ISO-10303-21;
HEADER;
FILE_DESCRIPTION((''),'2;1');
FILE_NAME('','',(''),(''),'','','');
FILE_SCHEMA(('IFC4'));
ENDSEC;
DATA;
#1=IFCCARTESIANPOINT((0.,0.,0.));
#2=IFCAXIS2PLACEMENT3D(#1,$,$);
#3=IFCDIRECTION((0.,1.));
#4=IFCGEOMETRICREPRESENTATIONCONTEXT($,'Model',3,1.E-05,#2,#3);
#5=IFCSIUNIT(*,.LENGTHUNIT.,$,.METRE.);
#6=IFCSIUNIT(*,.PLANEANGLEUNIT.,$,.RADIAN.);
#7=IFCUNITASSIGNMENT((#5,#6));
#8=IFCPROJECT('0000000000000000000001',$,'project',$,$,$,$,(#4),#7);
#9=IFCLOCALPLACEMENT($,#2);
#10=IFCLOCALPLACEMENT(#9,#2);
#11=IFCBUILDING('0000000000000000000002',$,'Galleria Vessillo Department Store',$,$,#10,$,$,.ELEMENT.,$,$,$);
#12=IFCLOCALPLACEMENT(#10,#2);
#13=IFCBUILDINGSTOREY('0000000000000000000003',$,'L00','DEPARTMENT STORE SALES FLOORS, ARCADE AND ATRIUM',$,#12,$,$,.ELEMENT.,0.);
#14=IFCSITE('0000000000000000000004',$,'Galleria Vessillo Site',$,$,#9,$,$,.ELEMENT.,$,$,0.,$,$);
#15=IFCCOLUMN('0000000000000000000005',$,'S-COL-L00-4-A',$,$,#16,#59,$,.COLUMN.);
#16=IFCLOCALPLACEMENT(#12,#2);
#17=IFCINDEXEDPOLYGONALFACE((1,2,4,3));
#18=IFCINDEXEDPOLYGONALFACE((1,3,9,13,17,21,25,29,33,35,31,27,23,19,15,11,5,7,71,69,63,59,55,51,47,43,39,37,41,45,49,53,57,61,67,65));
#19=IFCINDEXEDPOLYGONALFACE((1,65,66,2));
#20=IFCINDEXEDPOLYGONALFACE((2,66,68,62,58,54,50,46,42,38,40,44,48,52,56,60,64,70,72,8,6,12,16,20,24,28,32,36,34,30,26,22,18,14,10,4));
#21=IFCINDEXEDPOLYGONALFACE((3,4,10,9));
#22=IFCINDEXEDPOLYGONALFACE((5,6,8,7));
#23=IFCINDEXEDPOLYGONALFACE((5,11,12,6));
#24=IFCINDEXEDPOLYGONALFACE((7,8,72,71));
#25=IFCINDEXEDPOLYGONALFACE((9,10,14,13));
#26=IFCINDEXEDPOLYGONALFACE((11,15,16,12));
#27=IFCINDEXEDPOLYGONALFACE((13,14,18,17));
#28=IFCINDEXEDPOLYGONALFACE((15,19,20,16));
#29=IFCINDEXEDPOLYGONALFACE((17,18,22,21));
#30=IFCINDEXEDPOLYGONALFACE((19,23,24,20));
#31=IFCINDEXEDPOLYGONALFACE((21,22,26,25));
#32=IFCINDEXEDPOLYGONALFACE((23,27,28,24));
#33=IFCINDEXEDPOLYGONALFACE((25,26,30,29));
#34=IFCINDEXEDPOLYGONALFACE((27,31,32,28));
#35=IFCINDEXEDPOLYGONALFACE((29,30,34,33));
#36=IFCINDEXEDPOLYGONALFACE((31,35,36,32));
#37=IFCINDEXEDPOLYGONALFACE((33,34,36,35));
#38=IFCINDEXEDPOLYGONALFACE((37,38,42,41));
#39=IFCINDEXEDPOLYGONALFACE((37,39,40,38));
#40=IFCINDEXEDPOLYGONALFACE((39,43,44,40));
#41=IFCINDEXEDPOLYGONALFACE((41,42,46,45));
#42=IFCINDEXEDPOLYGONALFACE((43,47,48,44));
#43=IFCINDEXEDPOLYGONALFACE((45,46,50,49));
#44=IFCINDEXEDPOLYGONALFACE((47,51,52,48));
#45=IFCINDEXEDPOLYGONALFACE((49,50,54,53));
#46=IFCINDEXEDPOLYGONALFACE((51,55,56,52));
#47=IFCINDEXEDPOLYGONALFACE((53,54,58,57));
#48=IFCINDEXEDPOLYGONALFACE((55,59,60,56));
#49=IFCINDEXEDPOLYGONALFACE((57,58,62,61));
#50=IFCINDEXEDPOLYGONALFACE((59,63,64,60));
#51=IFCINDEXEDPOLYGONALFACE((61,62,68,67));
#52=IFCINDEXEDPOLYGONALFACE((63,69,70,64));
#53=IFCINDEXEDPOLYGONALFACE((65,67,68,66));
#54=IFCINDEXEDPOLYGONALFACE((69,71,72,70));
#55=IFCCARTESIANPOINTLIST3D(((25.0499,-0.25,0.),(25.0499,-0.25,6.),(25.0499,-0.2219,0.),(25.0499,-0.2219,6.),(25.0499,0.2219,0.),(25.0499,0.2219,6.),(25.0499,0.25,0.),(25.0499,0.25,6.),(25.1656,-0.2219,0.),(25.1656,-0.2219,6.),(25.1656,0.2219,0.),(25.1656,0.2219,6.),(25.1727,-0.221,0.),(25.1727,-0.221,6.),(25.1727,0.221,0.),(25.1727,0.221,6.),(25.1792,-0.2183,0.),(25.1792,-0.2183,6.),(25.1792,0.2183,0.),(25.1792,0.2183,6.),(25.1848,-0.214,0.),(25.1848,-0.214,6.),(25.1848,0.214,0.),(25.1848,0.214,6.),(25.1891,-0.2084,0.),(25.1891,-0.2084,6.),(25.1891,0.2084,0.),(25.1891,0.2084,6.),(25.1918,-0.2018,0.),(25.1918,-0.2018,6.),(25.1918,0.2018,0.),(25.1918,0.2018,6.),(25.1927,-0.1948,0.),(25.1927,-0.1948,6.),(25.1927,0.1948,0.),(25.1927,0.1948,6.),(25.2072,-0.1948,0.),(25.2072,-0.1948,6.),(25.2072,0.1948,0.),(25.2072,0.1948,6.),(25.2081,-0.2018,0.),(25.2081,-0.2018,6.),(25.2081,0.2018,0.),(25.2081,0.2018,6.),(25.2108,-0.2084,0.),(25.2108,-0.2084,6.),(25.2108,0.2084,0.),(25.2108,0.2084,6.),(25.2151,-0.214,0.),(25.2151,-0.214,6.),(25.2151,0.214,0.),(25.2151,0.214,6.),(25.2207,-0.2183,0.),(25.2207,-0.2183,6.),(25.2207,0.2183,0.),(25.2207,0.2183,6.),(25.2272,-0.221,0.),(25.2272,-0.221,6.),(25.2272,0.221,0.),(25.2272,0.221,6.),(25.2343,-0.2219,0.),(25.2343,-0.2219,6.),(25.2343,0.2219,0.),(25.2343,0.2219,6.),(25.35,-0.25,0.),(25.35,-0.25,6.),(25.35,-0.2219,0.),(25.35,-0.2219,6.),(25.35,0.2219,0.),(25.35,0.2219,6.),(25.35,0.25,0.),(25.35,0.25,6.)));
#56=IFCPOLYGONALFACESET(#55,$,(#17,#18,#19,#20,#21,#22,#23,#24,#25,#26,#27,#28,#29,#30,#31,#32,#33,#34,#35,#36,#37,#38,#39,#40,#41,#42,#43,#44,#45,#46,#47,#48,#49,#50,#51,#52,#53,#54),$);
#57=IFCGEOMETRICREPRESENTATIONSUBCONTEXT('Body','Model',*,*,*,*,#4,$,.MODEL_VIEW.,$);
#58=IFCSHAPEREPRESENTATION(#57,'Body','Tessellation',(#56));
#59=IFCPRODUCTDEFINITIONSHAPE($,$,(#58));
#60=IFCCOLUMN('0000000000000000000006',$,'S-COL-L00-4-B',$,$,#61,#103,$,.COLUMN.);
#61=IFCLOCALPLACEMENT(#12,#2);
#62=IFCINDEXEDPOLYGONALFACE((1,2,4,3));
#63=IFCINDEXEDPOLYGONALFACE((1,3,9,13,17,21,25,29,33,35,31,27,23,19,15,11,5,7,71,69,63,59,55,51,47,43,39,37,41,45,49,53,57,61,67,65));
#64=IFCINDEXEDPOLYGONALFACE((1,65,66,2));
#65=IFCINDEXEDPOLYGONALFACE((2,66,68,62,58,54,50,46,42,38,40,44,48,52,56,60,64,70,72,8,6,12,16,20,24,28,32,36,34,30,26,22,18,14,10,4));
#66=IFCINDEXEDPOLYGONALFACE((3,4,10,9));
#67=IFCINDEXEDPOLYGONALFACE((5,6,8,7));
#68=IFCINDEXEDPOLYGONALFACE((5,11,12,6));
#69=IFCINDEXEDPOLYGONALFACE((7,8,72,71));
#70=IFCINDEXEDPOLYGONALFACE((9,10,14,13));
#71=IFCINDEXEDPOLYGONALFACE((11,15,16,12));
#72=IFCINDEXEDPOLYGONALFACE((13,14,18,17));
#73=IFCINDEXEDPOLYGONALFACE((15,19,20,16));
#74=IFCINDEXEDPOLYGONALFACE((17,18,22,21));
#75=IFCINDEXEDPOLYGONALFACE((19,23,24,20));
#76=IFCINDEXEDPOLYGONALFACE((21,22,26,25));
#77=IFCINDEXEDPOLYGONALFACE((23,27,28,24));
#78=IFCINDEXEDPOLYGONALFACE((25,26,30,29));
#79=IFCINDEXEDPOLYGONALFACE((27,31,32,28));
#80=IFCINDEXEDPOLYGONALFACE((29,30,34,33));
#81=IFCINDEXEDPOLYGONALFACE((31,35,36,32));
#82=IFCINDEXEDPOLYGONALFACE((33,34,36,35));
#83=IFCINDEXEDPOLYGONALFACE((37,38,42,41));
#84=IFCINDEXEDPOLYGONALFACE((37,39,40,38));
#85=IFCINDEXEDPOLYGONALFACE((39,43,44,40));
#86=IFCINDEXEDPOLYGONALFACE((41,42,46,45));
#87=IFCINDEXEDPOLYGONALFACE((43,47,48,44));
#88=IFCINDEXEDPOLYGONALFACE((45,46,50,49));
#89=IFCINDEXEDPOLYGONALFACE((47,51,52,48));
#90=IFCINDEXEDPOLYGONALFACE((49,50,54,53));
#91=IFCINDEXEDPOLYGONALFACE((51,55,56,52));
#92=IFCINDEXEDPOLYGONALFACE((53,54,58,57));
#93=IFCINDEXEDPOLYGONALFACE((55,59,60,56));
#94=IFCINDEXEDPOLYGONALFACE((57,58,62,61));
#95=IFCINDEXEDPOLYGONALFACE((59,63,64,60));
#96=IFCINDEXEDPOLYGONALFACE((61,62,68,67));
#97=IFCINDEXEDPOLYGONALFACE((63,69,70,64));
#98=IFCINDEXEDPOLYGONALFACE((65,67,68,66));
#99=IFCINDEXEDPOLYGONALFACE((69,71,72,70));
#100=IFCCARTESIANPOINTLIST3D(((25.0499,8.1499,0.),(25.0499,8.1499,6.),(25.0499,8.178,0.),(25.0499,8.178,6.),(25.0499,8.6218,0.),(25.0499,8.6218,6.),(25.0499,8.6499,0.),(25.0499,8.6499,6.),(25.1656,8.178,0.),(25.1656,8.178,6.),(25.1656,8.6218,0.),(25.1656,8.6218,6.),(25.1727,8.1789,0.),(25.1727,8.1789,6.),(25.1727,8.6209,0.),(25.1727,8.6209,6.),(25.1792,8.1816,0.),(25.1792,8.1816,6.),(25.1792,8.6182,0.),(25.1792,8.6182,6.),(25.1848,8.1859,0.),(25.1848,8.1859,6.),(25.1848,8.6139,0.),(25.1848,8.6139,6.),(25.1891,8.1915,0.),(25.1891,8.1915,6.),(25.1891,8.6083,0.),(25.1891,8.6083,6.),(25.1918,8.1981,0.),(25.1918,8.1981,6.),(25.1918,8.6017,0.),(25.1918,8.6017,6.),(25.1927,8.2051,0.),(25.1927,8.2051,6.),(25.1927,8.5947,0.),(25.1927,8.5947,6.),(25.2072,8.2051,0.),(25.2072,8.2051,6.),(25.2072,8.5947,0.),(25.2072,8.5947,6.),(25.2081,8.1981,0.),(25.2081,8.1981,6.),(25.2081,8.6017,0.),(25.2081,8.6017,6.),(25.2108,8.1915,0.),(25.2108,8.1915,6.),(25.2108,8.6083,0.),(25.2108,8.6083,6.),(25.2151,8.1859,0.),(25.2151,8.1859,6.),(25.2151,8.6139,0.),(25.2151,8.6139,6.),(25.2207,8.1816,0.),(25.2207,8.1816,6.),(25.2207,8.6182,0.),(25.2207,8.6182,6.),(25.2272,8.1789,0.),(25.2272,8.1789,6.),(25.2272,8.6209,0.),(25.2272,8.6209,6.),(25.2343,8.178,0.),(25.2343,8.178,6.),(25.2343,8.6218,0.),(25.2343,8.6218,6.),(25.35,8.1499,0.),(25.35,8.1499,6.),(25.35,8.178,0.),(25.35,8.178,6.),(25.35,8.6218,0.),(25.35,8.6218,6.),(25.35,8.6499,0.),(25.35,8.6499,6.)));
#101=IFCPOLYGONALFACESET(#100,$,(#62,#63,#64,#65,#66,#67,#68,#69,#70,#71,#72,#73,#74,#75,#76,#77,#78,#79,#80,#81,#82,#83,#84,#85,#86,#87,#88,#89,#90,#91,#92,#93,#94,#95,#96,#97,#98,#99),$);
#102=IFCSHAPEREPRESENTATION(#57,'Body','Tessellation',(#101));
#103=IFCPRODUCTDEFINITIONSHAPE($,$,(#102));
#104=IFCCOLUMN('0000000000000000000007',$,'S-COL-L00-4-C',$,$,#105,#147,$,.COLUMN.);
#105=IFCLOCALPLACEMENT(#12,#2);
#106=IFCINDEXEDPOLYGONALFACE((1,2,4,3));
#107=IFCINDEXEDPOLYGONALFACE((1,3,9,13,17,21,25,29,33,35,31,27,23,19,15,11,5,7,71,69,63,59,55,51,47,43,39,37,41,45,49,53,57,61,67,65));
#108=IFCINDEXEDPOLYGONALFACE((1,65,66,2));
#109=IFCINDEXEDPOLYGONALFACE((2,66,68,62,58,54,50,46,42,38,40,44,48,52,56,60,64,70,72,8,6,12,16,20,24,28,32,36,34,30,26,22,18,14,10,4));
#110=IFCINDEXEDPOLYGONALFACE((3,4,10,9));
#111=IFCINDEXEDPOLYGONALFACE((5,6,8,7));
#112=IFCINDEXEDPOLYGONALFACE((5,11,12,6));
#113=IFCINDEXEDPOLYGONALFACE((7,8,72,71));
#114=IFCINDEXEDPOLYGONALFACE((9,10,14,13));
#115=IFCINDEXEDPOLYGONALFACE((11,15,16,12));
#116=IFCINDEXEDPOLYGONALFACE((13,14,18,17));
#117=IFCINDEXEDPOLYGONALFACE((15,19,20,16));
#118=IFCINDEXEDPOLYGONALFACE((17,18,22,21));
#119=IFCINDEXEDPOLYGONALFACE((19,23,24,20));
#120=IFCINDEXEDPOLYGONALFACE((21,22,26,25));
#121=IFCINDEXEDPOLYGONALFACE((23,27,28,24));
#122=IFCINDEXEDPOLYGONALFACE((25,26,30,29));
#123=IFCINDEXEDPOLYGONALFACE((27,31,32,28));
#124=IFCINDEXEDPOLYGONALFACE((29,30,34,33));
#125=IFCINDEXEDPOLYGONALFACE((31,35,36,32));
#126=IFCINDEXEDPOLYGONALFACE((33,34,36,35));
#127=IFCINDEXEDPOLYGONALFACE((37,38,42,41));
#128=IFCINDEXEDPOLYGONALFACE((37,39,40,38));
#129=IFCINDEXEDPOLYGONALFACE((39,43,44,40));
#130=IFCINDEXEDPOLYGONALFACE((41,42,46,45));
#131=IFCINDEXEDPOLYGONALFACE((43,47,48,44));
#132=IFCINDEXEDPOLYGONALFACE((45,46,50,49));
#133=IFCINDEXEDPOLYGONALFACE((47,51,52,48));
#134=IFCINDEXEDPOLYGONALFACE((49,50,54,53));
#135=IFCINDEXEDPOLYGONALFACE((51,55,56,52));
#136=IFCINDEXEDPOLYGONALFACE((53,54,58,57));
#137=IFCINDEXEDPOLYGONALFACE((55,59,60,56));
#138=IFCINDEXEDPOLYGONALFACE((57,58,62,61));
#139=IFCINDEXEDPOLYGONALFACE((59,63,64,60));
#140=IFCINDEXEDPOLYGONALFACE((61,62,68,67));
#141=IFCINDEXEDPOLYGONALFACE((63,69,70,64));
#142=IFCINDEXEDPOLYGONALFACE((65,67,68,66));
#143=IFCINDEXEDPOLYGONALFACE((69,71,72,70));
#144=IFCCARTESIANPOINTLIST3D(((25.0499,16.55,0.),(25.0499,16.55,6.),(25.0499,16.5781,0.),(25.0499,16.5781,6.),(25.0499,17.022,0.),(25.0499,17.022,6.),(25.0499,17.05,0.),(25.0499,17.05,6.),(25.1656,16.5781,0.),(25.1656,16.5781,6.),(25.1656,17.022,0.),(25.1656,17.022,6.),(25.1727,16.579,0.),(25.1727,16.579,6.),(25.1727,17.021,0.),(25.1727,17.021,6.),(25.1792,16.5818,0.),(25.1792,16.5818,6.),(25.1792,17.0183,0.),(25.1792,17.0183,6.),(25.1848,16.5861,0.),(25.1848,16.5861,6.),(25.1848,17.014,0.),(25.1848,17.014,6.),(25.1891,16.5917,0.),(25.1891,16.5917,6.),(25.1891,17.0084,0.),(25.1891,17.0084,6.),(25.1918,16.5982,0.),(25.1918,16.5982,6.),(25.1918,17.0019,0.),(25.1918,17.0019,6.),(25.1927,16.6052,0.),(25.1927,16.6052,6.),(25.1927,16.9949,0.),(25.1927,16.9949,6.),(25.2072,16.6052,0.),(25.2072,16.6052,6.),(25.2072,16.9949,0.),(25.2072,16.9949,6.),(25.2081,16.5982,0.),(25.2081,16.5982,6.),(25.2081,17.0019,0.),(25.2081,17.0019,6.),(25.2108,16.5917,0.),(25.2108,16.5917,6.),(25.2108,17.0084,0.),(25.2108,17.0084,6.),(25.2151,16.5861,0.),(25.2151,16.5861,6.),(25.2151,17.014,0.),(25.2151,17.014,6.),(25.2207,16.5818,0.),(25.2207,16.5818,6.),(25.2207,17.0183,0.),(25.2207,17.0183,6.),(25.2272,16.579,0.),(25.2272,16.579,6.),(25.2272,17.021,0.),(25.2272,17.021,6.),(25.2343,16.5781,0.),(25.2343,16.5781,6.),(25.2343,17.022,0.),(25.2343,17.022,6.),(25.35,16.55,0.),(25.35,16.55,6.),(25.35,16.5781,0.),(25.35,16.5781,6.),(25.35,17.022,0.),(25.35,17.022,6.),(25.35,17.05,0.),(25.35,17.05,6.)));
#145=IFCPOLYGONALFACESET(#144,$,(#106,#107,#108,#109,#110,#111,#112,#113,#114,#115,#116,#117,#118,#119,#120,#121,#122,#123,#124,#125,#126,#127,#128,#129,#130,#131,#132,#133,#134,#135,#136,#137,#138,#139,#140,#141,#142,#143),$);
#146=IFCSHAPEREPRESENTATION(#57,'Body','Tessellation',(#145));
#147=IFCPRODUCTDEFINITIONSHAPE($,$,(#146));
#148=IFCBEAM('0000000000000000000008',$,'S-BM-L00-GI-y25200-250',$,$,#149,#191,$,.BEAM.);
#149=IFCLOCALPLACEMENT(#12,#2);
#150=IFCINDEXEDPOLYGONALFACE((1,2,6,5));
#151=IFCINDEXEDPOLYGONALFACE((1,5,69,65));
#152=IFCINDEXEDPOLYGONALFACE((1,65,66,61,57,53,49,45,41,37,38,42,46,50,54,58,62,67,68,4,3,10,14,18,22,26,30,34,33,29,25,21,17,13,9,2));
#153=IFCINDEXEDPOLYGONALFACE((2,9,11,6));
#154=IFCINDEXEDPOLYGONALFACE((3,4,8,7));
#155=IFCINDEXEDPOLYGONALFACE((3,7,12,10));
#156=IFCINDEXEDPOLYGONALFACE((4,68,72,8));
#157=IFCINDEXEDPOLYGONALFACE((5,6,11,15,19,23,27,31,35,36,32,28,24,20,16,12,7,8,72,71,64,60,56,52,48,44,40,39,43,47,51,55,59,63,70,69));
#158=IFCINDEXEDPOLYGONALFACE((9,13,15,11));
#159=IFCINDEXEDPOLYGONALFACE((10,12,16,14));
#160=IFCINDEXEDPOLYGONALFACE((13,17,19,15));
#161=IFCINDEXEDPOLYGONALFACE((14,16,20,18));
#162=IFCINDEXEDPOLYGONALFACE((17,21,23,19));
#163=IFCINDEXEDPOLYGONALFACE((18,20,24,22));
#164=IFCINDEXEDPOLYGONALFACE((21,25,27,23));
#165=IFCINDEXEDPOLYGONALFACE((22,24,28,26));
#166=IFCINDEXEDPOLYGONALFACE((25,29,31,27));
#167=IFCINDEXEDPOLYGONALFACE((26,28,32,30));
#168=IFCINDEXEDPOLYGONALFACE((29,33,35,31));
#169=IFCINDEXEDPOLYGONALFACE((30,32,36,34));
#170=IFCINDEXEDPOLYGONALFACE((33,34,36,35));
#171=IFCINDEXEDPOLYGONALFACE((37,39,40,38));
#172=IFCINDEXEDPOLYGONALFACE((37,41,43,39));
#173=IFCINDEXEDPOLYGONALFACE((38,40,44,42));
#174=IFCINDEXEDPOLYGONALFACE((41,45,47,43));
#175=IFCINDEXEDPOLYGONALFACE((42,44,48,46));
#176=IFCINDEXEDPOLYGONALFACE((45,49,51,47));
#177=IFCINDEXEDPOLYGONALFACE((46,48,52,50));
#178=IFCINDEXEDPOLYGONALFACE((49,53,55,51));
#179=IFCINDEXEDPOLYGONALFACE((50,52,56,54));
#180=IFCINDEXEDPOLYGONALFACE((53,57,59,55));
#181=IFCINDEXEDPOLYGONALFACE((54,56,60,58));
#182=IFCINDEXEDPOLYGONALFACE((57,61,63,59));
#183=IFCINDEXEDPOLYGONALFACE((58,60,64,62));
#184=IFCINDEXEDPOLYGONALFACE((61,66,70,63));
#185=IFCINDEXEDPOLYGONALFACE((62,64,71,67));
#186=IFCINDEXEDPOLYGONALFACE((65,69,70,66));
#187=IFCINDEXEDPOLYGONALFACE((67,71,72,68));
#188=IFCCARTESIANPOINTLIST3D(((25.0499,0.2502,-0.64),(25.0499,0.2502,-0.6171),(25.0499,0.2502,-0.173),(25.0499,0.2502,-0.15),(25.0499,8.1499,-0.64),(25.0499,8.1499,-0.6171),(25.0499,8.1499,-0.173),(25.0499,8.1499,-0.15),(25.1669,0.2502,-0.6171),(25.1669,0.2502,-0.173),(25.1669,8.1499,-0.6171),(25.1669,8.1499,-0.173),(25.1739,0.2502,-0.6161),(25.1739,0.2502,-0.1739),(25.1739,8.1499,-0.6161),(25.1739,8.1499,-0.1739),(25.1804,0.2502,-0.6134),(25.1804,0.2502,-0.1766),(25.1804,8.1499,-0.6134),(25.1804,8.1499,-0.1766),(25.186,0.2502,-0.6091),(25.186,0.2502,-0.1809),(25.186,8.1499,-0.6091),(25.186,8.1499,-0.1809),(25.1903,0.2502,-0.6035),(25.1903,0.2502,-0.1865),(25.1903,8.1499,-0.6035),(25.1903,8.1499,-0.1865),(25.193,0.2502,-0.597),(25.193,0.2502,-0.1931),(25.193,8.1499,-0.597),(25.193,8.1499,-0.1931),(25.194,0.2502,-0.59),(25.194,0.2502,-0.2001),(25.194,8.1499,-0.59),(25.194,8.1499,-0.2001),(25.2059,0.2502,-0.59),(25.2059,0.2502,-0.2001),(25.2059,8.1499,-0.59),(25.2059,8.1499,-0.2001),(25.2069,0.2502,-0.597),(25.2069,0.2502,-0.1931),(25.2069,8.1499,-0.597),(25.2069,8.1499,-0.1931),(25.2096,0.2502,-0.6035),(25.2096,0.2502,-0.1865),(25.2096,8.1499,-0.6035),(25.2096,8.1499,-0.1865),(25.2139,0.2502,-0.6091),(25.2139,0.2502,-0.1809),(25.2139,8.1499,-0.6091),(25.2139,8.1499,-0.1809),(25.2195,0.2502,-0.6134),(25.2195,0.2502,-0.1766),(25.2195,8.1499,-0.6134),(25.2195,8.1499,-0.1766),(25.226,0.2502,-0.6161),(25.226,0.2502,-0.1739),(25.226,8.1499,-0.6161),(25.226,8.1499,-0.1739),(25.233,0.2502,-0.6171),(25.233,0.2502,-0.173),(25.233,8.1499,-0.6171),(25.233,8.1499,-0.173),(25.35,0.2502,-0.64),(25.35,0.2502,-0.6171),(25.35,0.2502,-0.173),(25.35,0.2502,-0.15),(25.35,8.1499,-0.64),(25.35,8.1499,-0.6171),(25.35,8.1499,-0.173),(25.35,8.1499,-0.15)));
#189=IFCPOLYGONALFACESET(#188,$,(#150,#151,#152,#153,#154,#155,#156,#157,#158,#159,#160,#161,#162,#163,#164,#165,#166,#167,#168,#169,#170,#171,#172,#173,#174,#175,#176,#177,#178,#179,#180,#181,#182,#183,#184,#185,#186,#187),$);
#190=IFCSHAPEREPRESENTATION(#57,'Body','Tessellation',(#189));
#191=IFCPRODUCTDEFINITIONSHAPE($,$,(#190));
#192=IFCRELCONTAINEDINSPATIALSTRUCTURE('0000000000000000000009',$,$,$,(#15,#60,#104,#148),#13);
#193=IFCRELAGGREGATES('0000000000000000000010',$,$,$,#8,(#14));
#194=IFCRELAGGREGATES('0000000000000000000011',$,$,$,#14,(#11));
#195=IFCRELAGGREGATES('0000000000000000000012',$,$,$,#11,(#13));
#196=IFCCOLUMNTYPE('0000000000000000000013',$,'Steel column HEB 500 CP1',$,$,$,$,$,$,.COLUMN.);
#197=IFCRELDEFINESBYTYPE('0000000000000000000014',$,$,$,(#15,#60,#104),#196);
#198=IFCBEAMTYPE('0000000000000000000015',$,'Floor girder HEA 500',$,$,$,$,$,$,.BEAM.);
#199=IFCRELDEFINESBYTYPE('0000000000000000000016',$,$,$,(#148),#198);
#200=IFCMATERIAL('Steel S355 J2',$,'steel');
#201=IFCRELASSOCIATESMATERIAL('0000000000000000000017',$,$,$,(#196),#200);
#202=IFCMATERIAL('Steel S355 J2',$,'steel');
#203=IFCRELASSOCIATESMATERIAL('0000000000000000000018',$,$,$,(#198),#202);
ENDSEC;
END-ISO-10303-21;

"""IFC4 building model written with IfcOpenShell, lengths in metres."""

from ifc_helpers import new_model, si_unit, direction, frame, origin, origin_2d, place, context, subcontext, project, spatial, i_section, extrude, material, material_profile, profile_set, type_object, element, save


model = new_model("IFC4")

# Units and contexts
model_context = context("Model", 3, precision=1e-05, world=origin(), true_north=direction((0.0, 1.0)))
body_context = subcontext(model_context, "Body", "Model", "MODEL_VIEW")
ifc_project = project(units=[si_unit("LENGTHUNIT", "METRE"), si_unit("PLANEANGLEUNIT", "RADIAN")], contexts=[model_context])

# Site, building, storey
site_placement = place(None, origin())
site = spatial("IfcSite", under=ifc_project, at=site_placement, Name="Galleria Vessillo Site", CompositionType="ELEMENT", RefElevation=0.0)
building_placement = place(site_placement, origin())
building = spatial("IfcBuilding", under=site, at=building_placement, Name="Galleria Vessillo Department Store", CompositionType="ELEMENT")
storey_placement = place(building_placement, origin())
storey = spatial("IfcBuildingStorey", under=building, at=storey_placement, Name="L00", Description="DEPARTMENT STORE SALES FLOORS, ARCADE AND ATRIUM", CompositionType="ELEMENT", Elevation=0.0)

# Columns
ifc_material_1 = material(Name="Steel S355 J2", Category="steel")
ifc_material_profile_1 = material_profile(ifc_material_1, i_section(OverallWidth=0.3, OverallDepth=0.5, WebThickness=0.0144, FlangeThickness=0.0281, FilletRadius=0.0271, at=origin_2d()), Name="HEB 500")
ifc_profile_set_1 = profile_set([ifc_material_profile_1], Name="Steel S355 J2")
column_type = type_object("IfcColumnType", Name="Steel column HEB 500 CP1", PredefinedType="COLUMN", material=ifc_profile_set_1)
for number, where, z_axis, x_axis, name in (
    (1, (25.2, 0.0, 0.0), (0.0, 0.0, 1.0), (1.0, 0.0, 0.0), "S-COL-L00-4-A"),
    (2, (25.2, 8.3999, 0.0), (0.0, 0.0, 1.0), (1.0, 0.0, 0.0), "S-COL-L00-4-B"),
    (3, (25.2, 16.8, 0.0), (0.0, 0.0, 1.0), (1.0, 0.0, 0.0), "S-COL-L00-4-C"),
):
    element("IfcColumn", number, at=place(storey_placement, frame(where, z_axis=z_axis, x_axis=x_axis)), inside=storey, type_object=column_type, Name=name, PredefinedType="COLUMN", context=body_context, shape_type="SweptSolid", body=[
        extrude(i_section(OverallWidth=0.3, OverallDepth=0.5, WebThickness=0.0144, FlangeThickness=0.0281, FilletRadius=0.0271, at=origin_2d()), origin(), (0.0, 0.0, 1.0), 6.0),
    ])

# Beam
ifc_material_2 = material(Name="Steel S355 J2", Category="steel")
ifc_material_profile_2 = material_profile(ifc_material_2, i_section(OverallWidth=0.3, OverallDepth=0.49, WebThickness=0.012, FlangeThickness=0.0229, FilletRadius=0.0271, at=origin_2d()), Name="HEA 500")
ifc_profile_set_2 = profile_set([ifc_material_profile_2], Name="Steel S355 J2")
beam_type_1 = type_object("IfcBeamType", Name="Floor girder HEA 500", PredefinedType="BEAM", material=ifc_profile_set_2)
for number, where, z_axis, x_axis, name in (
    (4, (25.2, 0.2502, -0.395), (0.0, 1.0, 0.0), (-1.0, 0.0, 0.0), "S-BM-L00-GI-y25200-250"),
):
    element("IfcBeam", number, at=place(storey_placement, frame(where, z_axis=z_axis, x_axis=x_axis)), inside=storey, type_object=beam_type_1, Name=name, PredefinedType="BEAM", context=body_context, shape_type="SweptSolid", body=[
        extrude(i_section(OverallWidth=0.3, OverallDepth=0.49, WebThickness=0.012, FlangeThickness=0.0229, FilletRadius=0.0271, at=origin_2d()), origin(), (0.0, 0.0, 1.0), 7.8997),
    ])

save(model, "model.ifc")
